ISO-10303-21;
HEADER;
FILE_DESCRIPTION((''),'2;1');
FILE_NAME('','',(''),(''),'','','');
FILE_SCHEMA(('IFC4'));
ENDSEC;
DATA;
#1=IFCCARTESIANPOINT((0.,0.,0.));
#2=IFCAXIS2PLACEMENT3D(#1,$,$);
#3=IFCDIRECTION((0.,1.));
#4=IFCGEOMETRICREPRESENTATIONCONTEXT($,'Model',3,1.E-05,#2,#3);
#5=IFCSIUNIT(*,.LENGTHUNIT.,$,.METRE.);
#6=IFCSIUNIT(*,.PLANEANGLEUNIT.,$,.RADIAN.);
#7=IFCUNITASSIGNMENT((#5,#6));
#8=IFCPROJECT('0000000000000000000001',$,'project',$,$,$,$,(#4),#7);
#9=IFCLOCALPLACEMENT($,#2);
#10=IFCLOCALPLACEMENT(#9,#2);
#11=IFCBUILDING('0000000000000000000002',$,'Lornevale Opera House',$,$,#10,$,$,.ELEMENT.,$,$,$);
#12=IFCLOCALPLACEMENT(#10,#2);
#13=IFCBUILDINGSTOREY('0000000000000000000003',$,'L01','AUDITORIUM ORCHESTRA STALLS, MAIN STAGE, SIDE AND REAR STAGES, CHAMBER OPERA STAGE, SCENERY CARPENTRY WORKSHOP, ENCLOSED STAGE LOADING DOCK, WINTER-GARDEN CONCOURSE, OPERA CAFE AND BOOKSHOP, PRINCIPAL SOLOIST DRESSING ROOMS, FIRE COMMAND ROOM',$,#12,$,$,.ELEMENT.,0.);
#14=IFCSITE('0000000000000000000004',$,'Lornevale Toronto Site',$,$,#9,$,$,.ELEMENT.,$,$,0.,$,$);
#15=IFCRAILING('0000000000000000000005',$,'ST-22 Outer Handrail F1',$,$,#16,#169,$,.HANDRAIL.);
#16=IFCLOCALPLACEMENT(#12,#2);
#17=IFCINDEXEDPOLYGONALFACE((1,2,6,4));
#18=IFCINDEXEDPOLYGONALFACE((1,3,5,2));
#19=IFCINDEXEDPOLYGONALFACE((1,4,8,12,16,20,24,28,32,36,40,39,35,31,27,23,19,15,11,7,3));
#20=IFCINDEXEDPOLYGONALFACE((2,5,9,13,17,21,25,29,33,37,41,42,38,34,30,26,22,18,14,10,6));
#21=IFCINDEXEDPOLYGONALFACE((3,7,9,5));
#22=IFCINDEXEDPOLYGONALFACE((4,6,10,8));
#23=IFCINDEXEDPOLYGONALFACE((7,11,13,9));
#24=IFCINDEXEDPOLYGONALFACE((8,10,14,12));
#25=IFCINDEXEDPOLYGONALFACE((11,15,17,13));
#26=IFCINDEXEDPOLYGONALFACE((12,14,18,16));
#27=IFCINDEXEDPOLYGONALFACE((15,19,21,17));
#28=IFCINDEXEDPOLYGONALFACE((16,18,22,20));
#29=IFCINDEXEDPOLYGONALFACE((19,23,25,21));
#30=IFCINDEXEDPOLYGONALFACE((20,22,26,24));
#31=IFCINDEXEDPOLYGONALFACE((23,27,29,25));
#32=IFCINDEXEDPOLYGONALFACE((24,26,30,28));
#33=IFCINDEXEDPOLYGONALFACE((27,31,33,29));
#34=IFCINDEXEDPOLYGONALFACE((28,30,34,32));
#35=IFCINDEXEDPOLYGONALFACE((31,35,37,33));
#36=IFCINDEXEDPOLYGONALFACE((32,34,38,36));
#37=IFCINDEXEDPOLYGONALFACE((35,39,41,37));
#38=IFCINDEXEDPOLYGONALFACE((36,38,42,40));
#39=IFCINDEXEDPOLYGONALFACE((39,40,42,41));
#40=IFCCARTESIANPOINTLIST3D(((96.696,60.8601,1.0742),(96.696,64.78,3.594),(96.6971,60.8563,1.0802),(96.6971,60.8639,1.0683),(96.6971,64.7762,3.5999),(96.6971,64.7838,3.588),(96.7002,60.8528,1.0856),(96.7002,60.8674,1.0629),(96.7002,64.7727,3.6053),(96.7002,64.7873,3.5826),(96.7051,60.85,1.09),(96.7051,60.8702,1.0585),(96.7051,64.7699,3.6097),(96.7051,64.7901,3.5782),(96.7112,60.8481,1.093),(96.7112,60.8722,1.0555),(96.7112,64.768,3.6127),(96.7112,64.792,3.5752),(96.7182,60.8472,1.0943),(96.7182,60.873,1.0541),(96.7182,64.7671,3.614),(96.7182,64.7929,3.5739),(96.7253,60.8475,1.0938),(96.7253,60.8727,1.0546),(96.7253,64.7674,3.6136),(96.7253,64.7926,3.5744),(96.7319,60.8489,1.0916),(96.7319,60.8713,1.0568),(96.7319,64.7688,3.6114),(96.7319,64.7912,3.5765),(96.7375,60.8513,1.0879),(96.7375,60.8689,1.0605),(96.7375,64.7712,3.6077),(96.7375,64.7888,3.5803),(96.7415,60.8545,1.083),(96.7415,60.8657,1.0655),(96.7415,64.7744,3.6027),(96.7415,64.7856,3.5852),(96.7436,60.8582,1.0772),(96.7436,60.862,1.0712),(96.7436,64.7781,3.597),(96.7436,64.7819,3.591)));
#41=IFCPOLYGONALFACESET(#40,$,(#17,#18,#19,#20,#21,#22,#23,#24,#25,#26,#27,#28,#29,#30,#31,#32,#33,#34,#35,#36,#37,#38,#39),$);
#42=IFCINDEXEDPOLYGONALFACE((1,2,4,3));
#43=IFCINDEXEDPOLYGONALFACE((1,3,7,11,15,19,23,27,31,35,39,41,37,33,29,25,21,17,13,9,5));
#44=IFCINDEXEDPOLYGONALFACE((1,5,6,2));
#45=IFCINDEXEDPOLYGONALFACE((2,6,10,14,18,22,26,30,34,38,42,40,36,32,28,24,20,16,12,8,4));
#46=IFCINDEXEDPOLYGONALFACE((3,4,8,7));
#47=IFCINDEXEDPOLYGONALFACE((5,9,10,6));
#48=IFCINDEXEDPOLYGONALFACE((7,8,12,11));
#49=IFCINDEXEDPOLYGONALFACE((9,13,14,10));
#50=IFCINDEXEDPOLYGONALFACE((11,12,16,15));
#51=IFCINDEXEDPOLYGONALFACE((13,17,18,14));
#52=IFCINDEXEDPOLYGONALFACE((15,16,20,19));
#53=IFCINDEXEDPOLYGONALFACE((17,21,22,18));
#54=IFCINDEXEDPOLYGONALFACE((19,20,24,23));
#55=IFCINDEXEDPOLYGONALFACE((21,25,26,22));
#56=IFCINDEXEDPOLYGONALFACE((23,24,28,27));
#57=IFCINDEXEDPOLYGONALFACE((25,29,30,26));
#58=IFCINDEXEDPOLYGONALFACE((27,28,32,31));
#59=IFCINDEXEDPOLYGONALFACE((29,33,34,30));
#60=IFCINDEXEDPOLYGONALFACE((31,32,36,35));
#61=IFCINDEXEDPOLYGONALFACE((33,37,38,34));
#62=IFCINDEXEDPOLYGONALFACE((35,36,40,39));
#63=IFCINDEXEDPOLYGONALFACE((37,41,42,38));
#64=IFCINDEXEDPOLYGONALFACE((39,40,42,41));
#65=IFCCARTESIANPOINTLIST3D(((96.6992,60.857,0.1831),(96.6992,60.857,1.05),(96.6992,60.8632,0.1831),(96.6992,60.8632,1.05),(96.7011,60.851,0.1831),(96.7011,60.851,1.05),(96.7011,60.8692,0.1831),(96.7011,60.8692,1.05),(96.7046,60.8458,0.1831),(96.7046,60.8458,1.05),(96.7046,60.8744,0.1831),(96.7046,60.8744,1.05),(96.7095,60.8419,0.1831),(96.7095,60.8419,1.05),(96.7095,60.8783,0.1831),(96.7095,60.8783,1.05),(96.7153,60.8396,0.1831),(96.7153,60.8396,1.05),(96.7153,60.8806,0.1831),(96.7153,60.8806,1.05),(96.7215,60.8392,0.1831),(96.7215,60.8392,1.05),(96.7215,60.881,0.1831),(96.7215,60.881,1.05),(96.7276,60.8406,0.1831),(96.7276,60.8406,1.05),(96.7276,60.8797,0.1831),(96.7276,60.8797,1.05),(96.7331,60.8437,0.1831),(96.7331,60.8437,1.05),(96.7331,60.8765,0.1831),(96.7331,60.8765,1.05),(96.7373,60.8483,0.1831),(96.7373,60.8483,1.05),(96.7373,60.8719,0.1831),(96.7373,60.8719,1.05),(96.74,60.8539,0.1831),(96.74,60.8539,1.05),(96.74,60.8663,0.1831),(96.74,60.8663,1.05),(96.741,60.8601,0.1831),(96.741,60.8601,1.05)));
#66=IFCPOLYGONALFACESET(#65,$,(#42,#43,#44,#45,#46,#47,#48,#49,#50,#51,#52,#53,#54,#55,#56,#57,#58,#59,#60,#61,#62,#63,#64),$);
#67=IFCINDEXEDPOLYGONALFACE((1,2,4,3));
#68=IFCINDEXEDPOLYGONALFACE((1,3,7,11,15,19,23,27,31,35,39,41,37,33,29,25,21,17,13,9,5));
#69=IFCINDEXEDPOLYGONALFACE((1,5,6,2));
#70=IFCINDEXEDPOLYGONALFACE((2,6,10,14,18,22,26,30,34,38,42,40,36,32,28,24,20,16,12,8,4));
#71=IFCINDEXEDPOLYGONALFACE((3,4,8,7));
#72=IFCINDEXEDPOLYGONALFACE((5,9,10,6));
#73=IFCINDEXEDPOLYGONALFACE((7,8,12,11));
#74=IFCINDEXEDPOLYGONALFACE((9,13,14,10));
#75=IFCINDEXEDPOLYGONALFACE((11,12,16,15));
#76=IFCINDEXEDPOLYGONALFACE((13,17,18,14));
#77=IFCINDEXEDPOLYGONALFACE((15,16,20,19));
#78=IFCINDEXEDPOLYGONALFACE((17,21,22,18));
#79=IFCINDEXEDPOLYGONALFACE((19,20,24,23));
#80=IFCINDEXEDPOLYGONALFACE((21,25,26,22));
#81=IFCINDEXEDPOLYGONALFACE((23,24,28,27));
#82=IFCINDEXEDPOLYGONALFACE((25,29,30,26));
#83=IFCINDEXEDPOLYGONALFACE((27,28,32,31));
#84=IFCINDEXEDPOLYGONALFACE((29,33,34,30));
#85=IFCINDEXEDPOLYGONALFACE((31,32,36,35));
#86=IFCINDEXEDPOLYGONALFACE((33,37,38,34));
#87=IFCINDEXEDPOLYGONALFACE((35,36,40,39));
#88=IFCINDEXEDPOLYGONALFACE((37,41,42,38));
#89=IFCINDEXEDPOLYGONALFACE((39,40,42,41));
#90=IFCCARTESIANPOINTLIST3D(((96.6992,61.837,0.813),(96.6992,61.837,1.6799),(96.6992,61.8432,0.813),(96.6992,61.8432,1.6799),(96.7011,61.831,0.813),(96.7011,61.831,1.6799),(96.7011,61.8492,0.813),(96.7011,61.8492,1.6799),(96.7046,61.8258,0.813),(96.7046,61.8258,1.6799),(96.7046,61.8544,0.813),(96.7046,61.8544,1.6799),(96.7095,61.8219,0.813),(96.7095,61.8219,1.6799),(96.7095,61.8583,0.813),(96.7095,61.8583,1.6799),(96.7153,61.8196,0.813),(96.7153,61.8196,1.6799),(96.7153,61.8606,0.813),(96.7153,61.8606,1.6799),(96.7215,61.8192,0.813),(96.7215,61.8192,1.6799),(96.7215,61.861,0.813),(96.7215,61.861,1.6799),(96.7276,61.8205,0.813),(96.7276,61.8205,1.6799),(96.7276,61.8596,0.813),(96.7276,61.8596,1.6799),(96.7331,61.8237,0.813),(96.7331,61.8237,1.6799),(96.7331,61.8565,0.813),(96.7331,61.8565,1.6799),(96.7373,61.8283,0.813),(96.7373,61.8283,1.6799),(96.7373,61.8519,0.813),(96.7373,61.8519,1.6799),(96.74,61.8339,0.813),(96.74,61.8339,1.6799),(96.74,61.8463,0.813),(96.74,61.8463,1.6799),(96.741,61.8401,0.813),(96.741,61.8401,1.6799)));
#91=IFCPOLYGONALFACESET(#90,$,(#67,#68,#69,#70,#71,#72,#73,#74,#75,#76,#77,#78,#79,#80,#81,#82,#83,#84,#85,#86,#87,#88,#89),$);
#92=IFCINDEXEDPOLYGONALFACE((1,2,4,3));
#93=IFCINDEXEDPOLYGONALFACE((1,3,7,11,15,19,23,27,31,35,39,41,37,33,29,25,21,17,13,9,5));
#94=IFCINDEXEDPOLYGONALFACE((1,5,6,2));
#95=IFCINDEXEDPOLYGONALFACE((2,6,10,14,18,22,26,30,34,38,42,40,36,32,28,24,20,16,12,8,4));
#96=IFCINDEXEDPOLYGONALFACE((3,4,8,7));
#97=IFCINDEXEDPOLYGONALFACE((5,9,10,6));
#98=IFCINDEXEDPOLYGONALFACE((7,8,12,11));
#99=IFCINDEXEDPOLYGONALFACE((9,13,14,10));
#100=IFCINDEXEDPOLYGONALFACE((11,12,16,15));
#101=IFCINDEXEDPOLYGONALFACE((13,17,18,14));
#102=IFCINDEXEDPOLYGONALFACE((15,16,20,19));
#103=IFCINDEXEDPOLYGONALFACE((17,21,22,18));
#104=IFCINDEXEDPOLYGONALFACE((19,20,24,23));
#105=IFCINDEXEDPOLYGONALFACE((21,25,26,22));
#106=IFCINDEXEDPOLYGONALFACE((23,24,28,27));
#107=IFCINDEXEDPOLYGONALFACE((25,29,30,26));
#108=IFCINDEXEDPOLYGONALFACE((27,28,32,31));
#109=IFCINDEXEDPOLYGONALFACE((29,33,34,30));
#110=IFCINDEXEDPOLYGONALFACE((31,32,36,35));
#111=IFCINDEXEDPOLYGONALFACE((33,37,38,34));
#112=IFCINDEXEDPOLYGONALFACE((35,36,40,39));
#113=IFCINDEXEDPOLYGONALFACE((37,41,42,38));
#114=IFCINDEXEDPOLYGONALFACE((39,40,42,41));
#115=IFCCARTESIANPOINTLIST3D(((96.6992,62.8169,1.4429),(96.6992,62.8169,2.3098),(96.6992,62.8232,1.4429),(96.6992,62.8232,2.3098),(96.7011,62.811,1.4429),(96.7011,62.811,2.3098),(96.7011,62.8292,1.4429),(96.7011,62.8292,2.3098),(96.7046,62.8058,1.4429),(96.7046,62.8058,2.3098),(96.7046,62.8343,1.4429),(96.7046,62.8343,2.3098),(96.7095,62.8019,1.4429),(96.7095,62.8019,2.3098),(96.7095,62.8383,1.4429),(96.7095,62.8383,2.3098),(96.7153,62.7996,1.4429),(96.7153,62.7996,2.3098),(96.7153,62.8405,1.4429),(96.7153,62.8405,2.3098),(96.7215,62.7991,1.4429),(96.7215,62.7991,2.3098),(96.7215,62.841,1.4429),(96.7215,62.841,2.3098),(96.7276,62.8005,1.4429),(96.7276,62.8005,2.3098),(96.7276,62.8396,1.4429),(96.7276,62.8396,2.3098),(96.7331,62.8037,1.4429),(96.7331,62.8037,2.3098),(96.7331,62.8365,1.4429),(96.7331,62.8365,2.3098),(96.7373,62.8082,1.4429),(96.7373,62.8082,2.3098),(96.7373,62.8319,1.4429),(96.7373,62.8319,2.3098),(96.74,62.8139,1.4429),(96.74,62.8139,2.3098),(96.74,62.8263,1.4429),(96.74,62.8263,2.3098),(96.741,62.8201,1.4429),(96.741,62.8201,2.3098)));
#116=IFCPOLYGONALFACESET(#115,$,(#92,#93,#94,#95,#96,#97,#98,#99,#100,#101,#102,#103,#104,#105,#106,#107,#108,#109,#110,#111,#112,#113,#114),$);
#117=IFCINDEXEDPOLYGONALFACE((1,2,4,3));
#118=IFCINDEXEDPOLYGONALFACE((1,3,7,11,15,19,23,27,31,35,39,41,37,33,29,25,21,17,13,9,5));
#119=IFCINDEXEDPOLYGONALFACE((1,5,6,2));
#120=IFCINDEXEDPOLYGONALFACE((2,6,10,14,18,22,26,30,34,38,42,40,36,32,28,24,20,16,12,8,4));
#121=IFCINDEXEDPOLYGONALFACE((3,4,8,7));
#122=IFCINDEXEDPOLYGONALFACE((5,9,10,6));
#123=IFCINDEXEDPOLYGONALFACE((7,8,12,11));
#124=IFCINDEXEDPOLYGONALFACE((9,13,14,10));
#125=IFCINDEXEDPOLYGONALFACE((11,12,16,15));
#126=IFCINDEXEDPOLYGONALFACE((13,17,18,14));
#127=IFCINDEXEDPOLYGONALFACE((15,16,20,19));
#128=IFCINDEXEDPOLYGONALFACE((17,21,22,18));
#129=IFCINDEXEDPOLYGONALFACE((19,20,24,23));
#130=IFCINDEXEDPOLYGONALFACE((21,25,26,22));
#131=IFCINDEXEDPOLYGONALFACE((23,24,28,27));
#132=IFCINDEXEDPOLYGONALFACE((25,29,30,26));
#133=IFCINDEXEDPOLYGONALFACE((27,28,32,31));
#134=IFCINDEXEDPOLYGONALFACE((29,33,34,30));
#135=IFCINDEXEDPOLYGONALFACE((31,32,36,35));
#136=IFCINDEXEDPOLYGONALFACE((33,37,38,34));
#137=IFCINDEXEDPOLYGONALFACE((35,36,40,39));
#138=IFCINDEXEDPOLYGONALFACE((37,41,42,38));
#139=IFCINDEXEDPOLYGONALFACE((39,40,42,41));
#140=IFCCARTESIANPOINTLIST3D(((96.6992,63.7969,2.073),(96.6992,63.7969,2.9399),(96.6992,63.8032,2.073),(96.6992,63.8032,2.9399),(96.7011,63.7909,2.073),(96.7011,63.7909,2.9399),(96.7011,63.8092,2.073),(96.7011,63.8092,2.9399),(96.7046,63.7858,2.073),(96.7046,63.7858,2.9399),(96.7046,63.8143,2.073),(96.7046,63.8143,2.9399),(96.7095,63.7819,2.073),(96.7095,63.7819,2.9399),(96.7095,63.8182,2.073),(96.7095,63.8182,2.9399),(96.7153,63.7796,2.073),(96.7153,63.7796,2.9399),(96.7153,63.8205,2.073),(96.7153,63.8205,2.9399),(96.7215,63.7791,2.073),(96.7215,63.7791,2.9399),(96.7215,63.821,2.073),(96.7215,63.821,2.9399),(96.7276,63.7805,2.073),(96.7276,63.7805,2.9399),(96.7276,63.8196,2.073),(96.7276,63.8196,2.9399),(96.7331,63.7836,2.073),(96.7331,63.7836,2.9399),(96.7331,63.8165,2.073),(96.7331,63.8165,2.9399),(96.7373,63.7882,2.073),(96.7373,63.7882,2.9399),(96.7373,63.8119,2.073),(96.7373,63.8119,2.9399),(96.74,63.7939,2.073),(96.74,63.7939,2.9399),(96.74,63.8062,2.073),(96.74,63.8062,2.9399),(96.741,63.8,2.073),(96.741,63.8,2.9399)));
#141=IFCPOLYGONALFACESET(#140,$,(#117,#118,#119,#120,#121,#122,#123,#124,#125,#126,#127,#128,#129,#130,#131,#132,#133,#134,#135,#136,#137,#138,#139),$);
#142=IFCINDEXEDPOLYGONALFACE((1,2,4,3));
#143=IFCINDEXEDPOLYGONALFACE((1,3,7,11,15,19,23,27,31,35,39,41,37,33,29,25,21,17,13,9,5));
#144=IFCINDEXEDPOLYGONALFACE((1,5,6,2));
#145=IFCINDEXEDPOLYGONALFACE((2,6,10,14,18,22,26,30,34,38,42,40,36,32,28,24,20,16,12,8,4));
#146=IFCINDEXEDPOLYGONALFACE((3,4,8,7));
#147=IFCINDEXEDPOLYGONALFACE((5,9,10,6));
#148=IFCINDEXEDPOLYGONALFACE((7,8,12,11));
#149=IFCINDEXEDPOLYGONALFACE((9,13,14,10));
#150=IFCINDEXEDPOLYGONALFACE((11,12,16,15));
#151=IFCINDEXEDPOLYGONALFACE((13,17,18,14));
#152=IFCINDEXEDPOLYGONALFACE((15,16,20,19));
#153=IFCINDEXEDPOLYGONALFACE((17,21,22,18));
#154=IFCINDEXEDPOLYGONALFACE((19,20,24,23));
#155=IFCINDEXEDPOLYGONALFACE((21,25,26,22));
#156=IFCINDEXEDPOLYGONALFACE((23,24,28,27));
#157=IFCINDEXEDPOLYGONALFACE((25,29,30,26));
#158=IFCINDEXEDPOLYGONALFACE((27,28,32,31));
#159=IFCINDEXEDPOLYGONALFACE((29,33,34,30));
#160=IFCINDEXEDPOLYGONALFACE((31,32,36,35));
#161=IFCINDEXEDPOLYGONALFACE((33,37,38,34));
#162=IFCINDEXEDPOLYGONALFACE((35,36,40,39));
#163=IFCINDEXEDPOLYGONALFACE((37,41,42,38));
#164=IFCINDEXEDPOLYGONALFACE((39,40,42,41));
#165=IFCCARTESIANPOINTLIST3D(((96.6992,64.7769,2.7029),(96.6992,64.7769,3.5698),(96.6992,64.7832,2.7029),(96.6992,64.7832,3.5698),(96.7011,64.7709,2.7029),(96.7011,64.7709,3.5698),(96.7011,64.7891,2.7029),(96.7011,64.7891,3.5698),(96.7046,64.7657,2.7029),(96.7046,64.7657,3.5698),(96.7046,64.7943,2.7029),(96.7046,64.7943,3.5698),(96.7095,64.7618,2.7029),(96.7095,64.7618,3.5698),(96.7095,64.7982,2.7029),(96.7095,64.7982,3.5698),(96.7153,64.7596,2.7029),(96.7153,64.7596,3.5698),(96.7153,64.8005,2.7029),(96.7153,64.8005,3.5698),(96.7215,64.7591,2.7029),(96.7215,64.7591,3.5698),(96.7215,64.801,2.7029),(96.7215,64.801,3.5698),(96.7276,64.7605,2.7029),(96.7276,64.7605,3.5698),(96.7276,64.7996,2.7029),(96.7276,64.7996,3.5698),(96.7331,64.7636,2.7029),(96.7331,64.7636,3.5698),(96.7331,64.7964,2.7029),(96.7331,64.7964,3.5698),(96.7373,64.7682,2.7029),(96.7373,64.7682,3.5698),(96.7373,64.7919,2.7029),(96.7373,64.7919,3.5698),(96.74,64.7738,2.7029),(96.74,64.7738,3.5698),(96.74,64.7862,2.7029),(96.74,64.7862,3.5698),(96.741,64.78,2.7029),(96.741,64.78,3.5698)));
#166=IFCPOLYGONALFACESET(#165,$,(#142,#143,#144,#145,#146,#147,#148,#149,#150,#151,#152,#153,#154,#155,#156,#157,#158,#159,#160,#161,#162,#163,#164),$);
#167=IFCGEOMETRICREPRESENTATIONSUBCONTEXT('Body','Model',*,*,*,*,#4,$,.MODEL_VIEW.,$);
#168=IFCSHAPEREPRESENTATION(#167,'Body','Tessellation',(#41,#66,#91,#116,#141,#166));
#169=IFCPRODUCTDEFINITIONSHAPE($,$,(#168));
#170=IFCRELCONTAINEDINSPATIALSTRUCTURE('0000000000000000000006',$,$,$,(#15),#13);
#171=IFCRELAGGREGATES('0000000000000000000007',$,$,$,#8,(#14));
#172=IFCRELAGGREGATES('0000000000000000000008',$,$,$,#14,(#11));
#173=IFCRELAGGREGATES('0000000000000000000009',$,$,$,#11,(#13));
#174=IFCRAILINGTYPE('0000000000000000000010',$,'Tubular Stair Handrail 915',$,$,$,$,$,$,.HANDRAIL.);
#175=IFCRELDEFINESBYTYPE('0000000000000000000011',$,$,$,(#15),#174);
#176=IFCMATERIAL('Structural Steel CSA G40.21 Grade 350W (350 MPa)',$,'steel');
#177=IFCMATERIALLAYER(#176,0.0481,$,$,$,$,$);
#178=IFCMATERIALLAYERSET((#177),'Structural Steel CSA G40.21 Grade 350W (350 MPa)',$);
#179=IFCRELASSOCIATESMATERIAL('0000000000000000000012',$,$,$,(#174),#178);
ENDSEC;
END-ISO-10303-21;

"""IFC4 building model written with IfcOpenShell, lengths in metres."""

from ifc_helpers import new_model, si_unit, direction, frame, origin, origin_2d, place, context, subcontext, project, spatial, circle, extrude, material, layer, layer_set, type_object, element, save


model = new_model("IFC4")

# Units and contexts
model_context = context("Model", 3, precision=1e-05, world=origin(), true_north=direction((0.0, 1.0)))
body_context = subcontext(model_context, "Body", "Model", "MODEL_VIEW")
ifc_project = project(units=[si_unit("LENGTHUNIT", "METRE"), si_unit("PLANEANGLEUNIT", "RADIAN")], contexts=[model_context])

# Site, building, storey
site_placement = place(None, origin())
site = spatial("IfcSite", under=ifc_project, at=site_placement, Name="Lornevale Toronto Site", CompositionType="ELEMENT", RefElevation=0.0)
building_placement = place(site_placement, origin())
building = spatial("IfcBuilding", under=site, at=building_placement, Name="Lornevale Opera House", CompositionType="ELEMENT")
storey_placement = place(building_placement, origin())
storey = spatial("IfcBuildingStorey", under=building, at=storey_placement, Name="L01", Description="AUDITORIUM ORCHESTRA STALLS, MAIN STAGE, SIDE AND REAR STAGES, CHAMBER OPERA STAGE, SCENERY CARPENTRY WORKSHOP, ENCLOSED STAGE LOADING DOCK, WINTER-GARDEN CONCOURSE, OPERA CAFE AND BOOKSHOP, PRINCIPAL SOLOIST DRESSING ROOMS, FIRE COMMAND ROOM", CompositionType="ELEMENT", Elevation=0.0)

# Railing
ifc_material_1 = material(Name="Structural Steel CSA G40.21 Grade 350W (350 MPa)", Category="steel")
ifc_layer_1 = layer(ifc_material_1, 0.0481)
ifc_layer_set_1 = layer_set([ifc_layer_1], Name="Structural Steel CSA G40.21 Grade 350W (350 MPa)")
railing_type_1 = type_object("IfcRailingType", Name="Tubular Stair Handrail 915", PredefinedType="HANDRAIL", material=ifc_layer_set_1)
railing_1_placement = place(storey_placement, frame((96.72, 60.8601, 0.1831)))
element("IfcRailing", 1, at=railing_1_placement, inside=storey, type_object=railing_type_1, Name="ST-22 Outer Handrail F1", PredefinedType="HANDRAIL", context=body_context, shape_type="SweptSolid", body=[
    extrude(circle(Radius=0.0239, at=origin_2d()), frame((0.0, 0.0, 0.8911), z_axis=(0.0, 0.841195, 0.540731), x_axis=(-1.0, 0.0, 0.0)), (0.0, 0.0, 1.0), 4.6599),
    extrude(circle(Radius=0.021, at=origin_2d()), origin(), (0.0, 0.0, 1.0), 0.8669),
    extrude(circle(Radius=0.021, at=origin_2d()), frame((0.0, 0.98, 0.6299)), (0.0, 0.0, 1.0), 0.8669),
    extrude(circle(Radius=0.021, at=origin_2d()), frame((0.0, 1.96, 1.2598)), (0.0, 0.0, 1.0), 0.8669),
    extrude(circle(Radius=0.021, at=origin_2d()), frame((0.0, 2.9399, 1.8899)), (0.0, 0.0, 1.0), 0.8669),
    extrude(circle(Radius=0.021, at=origin_2d()), frame((0.0, 3.9199, 2.5198)), (0.0, 0.0, 1.0), 0.8669),
])

save(model, "model.ifc")
